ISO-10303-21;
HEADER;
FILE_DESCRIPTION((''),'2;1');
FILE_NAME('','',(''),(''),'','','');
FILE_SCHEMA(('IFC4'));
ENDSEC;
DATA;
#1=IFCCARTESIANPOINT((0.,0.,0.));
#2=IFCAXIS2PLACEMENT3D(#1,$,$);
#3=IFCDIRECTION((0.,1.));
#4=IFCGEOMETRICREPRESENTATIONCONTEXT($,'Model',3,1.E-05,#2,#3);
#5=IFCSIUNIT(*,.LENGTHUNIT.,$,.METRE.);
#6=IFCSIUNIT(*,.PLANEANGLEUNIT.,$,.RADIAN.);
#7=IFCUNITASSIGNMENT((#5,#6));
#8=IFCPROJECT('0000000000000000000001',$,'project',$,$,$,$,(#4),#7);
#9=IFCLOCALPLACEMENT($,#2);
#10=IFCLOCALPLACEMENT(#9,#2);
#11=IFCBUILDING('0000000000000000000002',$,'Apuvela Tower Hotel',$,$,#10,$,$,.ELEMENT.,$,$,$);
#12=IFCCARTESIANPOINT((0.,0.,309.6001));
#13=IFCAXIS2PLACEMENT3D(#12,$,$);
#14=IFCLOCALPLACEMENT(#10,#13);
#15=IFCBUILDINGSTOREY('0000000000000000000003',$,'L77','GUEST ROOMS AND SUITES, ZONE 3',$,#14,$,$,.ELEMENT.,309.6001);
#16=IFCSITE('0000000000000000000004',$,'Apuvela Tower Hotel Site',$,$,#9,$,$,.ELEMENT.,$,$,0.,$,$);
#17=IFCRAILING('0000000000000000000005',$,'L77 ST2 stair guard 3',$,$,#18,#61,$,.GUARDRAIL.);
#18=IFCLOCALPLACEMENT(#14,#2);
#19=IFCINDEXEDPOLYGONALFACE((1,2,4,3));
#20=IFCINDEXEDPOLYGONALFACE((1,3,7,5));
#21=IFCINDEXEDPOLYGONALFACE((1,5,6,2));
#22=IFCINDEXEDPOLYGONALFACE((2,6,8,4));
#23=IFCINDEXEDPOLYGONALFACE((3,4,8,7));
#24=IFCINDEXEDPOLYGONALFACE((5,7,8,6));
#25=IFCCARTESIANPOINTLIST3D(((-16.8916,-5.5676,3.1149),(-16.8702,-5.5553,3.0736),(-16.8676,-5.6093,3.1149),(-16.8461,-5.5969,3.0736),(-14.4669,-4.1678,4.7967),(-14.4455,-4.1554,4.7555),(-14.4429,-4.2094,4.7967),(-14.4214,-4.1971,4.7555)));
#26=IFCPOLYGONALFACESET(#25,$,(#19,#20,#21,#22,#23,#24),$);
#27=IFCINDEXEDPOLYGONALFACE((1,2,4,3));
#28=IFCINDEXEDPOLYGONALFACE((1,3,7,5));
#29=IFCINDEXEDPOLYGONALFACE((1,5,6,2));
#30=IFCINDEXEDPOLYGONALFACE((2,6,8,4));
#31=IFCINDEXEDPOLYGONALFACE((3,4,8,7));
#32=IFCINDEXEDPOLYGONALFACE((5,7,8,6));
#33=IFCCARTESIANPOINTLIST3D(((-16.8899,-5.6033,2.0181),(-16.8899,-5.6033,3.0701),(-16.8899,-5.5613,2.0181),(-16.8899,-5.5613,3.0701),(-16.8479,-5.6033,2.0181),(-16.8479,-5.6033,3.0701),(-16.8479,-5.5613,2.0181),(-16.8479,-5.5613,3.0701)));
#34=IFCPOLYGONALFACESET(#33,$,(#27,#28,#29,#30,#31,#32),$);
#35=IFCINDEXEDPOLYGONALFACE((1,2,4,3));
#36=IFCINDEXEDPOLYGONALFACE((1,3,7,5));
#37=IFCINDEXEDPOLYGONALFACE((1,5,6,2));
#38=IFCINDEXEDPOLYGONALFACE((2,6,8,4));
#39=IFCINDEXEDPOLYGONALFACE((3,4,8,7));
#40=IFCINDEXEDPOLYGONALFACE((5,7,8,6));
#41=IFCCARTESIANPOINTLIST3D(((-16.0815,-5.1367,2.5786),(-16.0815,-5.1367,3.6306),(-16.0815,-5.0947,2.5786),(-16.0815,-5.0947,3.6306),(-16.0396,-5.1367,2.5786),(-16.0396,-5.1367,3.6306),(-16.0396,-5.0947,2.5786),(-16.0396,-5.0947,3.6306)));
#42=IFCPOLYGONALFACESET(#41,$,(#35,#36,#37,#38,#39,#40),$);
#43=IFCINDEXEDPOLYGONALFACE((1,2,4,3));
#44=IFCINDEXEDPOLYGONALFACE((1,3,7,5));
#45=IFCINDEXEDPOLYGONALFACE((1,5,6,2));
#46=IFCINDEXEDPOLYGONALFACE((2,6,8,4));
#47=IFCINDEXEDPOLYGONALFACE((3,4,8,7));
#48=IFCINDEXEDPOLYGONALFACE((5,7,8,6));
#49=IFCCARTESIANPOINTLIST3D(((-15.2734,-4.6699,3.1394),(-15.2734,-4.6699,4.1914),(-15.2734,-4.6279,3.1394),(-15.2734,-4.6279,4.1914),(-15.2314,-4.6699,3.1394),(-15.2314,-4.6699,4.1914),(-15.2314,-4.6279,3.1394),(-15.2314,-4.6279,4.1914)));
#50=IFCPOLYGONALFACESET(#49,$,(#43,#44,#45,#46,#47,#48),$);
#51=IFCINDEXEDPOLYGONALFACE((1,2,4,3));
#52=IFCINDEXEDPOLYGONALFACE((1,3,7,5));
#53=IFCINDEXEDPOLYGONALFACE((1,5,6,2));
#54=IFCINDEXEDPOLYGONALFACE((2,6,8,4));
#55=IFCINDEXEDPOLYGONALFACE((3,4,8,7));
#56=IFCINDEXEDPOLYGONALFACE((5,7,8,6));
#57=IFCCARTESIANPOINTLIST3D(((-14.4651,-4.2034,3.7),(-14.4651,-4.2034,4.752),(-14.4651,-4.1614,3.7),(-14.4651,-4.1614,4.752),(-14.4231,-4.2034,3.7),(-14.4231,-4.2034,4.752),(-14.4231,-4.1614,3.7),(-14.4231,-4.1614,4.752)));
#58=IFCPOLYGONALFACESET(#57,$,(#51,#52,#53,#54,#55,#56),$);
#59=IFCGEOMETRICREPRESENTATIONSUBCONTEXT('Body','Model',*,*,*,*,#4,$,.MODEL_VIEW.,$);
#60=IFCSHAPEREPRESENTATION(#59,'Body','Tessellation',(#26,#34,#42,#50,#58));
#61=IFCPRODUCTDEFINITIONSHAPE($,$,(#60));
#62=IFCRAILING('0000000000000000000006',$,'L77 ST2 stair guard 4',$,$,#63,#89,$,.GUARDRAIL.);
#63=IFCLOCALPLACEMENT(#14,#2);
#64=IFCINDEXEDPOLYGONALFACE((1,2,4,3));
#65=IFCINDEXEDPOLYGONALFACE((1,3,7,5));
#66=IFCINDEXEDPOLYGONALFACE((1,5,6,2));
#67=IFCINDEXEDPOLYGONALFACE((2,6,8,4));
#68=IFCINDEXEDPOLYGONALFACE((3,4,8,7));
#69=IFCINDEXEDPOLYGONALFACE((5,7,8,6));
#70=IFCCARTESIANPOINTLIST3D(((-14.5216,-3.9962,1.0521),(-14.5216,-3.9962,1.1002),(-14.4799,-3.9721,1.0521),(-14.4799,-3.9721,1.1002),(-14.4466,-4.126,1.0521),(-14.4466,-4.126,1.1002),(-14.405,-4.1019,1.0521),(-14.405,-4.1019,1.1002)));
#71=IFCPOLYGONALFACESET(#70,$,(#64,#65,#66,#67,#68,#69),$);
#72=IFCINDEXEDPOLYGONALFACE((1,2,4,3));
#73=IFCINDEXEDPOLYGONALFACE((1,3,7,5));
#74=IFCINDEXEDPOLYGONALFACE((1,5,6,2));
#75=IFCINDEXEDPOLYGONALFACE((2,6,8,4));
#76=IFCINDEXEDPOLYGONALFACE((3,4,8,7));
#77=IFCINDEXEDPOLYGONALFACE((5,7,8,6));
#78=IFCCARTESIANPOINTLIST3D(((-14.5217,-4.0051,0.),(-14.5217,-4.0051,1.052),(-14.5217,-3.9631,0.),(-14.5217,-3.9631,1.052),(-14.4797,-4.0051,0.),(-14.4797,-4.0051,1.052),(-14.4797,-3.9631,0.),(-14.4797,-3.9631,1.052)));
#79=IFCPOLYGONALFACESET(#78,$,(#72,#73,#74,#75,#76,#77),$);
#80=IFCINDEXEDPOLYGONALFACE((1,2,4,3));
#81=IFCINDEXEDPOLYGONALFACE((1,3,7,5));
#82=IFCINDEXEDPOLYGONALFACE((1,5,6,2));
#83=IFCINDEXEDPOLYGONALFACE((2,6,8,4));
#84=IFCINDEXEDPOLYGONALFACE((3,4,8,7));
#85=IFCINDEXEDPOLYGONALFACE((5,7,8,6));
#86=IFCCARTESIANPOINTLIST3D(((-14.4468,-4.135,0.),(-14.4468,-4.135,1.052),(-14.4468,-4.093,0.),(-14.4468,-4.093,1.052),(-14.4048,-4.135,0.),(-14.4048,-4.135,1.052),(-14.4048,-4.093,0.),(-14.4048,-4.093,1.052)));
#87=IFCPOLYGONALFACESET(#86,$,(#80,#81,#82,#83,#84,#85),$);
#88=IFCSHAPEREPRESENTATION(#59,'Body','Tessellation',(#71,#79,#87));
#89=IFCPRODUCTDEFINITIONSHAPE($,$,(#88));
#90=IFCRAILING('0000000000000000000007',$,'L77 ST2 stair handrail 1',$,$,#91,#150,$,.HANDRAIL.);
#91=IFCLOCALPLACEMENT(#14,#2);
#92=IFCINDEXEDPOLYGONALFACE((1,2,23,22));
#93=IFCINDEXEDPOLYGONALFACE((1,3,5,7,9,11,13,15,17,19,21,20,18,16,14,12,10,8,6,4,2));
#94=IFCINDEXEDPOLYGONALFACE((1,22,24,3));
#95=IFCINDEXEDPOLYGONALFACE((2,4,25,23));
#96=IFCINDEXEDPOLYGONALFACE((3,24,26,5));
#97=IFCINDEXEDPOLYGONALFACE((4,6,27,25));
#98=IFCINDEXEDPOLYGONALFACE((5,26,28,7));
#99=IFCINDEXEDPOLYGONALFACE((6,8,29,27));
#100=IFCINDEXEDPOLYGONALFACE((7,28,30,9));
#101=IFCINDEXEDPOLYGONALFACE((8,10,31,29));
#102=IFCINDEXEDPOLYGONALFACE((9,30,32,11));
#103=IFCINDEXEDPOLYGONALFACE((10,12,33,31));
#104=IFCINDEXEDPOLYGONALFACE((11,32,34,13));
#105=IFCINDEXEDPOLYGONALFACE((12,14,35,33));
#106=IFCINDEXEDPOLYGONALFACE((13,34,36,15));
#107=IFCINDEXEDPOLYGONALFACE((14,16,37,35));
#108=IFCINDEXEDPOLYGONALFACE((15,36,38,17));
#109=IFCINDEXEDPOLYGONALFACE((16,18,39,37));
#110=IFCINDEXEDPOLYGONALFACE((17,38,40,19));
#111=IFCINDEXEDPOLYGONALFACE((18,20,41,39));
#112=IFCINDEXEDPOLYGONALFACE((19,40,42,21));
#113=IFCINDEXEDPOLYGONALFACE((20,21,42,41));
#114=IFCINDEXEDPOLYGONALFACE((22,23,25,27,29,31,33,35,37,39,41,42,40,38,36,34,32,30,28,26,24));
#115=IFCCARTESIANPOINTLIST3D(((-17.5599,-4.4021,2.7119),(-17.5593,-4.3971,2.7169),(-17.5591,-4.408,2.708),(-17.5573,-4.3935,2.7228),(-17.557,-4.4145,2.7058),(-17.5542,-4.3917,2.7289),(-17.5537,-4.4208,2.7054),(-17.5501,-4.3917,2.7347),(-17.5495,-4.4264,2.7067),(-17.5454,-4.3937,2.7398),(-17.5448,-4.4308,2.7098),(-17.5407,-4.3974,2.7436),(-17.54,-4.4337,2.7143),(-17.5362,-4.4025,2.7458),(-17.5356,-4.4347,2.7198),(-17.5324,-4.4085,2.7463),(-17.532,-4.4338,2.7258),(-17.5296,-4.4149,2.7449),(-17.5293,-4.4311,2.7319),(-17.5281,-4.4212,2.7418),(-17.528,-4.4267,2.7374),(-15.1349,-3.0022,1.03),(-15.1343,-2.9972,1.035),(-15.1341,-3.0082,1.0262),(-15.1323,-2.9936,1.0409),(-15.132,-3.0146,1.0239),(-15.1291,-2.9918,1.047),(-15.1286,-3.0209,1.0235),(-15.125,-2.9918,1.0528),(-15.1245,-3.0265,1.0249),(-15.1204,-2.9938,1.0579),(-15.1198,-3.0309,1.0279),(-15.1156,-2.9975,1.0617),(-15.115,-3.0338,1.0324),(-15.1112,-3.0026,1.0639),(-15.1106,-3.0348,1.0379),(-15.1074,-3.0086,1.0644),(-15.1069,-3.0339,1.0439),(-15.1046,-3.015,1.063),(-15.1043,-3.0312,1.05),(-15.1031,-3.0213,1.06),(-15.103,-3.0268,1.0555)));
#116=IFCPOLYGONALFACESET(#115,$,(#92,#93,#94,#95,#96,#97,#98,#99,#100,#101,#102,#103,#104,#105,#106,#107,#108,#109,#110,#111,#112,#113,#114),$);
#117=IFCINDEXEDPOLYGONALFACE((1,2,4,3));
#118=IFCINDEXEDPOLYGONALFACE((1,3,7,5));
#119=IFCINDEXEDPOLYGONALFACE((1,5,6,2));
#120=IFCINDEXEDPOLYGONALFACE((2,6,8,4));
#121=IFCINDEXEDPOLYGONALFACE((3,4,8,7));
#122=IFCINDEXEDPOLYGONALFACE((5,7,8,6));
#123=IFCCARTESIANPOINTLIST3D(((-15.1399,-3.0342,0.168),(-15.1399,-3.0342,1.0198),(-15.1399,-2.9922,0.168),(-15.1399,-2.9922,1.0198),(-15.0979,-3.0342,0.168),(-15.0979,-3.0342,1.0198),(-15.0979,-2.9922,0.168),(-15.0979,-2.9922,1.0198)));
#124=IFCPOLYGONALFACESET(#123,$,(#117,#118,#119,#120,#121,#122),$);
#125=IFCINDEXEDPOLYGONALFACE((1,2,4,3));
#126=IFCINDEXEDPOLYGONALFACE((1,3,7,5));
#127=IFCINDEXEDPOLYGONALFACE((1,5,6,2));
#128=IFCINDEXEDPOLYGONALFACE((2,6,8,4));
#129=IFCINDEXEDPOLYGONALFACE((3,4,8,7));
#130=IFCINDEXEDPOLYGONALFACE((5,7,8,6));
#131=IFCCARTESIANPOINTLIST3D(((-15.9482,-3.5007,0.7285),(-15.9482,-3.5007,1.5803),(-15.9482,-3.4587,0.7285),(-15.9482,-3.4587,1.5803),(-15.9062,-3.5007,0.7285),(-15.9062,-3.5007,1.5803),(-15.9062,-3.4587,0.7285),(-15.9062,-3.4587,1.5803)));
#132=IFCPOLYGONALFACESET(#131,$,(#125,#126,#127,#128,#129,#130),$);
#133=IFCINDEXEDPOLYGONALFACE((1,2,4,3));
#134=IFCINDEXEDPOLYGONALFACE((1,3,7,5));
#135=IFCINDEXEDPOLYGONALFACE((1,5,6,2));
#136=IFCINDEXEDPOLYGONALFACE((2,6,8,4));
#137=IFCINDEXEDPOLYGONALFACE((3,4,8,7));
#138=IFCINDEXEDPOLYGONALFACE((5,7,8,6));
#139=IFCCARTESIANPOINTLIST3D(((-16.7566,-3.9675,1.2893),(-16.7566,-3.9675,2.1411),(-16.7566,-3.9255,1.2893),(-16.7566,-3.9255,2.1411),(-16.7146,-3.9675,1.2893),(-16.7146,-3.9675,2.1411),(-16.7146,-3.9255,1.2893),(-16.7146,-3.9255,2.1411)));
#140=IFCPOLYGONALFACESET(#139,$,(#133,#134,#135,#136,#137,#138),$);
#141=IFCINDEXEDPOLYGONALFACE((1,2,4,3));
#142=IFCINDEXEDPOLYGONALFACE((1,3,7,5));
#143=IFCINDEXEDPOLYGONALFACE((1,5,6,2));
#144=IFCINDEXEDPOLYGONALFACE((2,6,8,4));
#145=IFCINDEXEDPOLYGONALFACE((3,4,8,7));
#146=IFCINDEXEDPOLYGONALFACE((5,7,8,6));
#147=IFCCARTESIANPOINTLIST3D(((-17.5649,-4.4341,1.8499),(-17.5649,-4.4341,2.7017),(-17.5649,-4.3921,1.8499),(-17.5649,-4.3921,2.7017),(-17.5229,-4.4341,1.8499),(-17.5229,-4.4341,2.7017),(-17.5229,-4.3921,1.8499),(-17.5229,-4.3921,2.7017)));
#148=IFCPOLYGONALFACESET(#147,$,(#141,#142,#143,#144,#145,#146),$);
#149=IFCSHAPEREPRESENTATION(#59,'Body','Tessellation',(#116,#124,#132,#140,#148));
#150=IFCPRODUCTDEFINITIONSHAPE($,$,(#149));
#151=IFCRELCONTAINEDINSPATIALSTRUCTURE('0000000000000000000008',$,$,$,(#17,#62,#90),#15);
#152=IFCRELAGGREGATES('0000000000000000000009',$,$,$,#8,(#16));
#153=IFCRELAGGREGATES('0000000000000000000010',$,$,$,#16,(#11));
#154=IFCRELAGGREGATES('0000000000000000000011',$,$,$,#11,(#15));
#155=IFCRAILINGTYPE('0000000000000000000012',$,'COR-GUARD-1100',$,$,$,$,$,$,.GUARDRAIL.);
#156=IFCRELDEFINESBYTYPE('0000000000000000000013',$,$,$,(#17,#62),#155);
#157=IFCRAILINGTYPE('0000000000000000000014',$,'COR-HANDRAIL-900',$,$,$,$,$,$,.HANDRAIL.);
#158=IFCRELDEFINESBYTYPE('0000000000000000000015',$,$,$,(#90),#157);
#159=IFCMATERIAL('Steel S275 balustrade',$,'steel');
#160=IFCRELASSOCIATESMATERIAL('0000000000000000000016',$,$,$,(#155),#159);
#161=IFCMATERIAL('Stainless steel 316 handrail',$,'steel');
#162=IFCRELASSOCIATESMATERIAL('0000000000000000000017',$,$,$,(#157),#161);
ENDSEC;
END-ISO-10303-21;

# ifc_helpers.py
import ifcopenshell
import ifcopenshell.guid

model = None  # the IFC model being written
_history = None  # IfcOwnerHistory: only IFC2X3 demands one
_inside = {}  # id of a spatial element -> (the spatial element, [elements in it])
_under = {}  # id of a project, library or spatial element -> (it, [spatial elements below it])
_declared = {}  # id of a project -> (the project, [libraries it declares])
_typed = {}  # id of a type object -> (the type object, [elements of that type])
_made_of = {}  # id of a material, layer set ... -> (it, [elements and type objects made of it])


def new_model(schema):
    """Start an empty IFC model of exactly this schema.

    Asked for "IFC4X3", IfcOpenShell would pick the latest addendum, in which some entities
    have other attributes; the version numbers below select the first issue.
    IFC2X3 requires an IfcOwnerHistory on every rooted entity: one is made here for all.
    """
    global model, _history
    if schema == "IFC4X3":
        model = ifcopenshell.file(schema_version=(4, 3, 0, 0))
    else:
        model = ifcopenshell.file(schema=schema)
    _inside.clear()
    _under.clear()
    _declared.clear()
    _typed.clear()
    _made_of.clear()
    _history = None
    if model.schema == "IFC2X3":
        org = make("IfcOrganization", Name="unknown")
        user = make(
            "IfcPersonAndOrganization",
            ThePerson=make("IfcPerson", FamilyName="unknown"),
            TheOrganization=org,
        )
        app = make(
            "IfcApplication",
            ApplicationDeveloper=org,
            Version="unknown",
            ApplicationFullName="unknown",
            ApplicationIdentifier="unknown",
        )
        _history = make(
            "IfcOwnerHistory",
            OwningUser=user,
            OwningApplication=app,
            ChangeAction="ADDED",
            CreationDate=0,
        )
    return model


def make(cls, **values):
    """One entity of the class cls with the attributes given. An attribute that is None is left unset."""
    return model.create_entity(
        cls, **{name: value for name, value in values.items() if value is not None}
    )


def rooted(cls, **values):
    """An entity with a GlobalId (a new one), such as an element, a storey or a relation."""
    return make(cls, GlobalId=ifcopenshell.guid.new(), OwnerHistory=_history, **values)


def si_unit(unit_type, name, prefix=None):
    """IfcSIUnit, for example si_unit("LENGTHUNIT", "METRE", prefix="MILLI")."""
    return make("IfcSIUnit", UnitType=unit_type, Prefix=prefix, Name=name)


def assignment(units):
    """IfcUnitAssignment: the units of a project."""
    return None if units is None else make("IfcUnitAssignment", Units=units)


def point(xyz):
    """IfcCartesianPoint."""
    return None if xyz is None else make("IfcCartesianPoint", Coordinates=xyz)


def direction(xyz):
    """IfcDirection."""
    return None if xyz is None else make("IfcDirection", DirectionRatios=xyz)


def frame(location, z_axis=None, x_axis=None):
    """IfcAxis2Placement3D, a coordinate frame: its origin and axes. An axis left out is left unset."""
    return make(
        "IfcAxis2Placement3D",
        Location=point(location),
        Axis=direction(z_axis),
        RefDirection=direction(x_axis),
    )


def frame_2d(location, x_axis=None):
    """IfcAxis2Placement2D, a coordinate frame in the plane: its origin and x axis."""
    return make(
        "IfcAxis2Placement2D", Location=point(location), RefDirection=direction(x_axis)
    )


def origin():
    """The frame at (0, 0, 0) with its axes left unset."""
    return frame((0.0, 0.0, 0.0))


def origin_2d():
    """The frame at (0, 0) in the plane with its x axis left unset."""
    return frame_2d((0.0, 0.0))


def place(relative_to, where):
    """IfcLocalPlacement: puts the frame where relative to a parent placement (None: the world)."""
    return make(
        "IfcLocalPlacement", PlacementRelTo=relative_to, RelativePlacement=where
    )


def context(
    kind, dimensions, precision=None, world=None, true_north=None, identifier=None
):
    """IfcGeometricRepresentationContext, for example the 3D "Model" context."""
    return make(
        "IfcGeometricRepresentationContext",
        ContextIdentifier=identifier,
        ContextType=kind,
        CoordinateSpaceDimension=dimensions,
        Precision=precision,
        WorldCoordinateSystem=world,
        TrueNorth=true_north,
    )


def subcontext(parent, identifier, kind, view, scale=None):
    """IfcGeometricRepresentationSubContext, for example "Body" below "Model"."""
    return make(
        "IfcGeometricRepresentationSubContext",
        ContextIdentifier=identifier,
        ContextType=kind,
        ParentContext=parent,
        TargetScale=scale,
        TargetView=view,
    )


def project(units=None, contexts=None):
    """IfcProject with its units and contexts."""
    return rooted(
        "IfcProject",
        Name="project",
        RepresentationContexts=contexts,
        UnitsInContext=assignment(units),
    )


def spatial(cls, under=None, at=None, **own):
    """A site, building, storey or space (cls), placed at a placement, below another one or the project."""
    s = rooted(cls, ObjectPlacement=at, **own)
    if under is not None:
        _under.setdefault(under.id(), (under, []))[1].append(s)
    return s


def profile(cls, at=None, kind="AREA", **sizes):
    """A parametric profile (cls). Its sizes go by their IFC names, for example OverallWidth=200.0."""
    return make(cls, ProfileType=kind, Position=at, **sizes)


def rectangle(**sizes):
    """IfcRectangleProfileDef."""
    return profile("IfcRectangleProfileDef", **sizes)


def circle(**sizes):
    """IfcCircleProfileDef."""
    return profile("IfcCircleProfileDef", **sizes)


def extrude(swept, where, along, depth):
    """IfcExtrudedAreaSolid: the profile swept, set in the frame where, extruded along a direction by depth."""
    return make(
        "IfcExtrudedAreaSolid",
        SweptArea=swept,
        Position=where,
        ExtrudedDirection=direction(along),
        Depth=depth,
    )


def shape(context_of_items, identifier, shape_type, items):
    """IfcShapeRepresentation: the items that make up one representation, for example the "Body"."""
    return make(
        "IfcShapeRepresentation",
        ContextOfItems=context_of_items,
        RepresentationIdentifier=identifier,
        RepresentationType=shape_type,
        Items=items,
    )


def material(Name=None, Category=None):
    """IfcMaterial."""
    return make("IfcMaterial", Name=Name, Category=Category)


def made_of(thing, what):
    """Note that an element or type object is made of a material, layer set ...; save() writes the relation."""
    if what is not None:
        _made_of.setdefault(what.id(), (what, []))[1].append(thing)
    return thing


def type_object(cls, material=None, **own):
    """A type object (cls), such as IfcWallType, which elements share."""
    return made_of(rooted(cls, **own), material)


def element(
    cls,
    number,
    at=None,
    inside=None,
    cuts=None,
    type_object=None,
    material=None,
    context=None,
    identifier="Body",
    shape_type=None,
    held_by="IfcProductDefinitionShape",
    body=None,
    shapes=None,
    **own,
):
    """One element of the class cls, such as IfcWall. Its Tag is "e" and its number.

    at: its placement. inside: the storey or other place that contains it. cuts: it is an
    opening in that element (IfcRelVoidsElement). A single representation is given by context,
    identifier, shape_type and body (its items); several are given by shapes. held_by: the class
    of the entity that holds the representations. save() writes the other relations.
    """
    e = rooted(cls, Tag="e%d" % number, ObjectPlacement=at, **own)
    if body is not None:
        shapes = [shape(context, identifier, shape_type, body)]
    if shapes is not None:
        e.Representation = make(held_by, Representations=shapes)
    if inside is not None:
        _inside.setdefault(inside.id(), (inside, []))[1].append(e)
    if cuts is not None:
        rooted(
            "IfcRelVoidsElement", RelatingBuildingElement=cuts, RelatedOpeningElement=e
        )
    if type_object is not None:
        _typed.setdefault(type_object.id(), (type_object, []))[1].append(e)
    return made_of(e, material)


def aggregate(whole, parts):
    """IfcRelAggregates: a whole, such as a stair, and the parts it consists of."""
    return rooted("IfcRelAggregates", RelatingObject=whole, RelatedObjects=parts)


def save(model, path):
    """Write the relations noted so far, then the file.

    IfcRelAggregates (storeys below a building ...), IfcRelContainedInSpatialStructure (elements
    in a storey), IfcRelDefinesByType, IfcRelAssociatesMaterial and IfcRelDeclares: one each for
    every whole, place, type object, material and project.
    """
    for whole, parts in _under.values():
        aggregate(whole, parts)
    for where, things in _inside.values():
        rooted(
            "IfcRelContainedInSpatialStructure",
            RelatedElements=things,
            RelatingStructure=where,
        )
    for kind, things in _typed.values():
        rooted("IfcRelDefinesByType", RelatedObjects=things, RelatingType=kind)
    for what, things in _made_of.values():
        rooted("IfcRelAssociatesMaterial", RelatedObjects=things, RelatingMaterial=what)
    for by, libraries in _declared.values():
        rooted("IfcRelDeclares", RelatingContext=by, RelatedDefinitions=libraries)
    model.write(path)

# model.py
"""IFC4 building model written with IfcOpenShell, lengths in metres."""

from ifc_helpers import new_model, si_unit, direction, frame, origin, origin_2d, place, context, subcontext, project, spatial, rectangle, circle, extrude, material, type_object, element, save


model = new_model("IFC4")

# Units and contexts
model_context = context("Model", 3, precision=1e-05, world=origin(), true_north=direction((0.0, 1.0)))
body_context = subcontext(model_context, "Body", "Model", "MODEL_VIEW")
ifc_project = project(units=[si_unit("LENGTHUNIT", "METRE"), si_unit("PLANEANGLEUNIT", "RADIAN")], contexts=[model_context])

# Site, building, storey
site_placement = place(None, origin())
site = spatial("IfcSite", under=ifc_project, at=site_placement, Name="Apuvela Tower Hotel Site", CompositionType="ELEMENT", RefElevation=0.0)
building_placement = place(site_placement, origin())
building = spatial("IfcBuilding", under=site, at=building_placement, Name="Apuvela Tower Hotel", CompositionType="ELEMENT")
storey_placement = place(building_placement, frame((0.0, 0.0, 309.6001)))
storey = spatial("IfcBuildingStorey", under=building, at=storey_placement, Name="L77", Description="GUEST ROOMS AND SUITES, ZONE 3", CompositionType="ELEMENT", Elevation=309.6001)

# Railings
ifc_material_1 = material(Name="Steel S275 balustrade", Category="steel")
railing_type_1 = type_object("IfcRailingType", Name="COR-GUARD-1100", PredefinedType="GUARDRAIL", material=ifc_material_1)
railing_1_placement = place(storey_placement, frame((-16.8689, -5.5823, 2.0181)))
element("IfcRailing", 1, at=railing_1_placement, inside=storey, type_object=railing_type_1, Name="L77 ST2 stair guard 3", PredefinedType="GUARDRAIL", context=body_context, shape_type="SweptSolid", body=[
    extrude(rectangle(XDim=0.0481, YDim=0.0481, at=origin_2d()), frame((0.0, 0.0, 1.0762), z_axis=(0.74239, 0.428601, 0.514934), x_axis=(-0.499984, 0.866035, 0.0)), (0.0, 0.0, 1.0), 3.2661),
    extrude(rectangle(XDim=0.042, YDim=0.042, at=origin_2d()), origin(), (0.0, 0.0, 1.0), 1.052),
    extrude(rectangle(XDim=0.042, YDim=0.042, at=origin_2d()), frame((0.8083, 0.4666, 0.5605)), (0.0, 0.0, 1.0), 1.052),
    extrude(rectangle(XDim=0.042, YDim=0.042, at=origin_2d()), frame((1.6165, 0.9333, 1.1213)), (0.0, 0.0, 1.0), 1.052),
    extrude(rectangle(XDim=0.042, YDim=0.042, at=origin_2d()), frame((2.4248, 1.3999, 1.6819)), (0.0, 0.0, 1.0), 1.052),
])
railing_2_placement = place(storey_placement, frame((-14.5007, -3.9841, 0.0)))
element("IfcRailing", 2, at=railing_2_placement, inside=storey, type_object=railing_type_1, Name="L77 ST2 stair guard 4", PredefinedType="GUARDRAIL", context=body_context, shape_type="SweptSolid", body=[
    extrude(rectangle(XDim=0.0481, YDim=0.0481, at=origin_2d()), frame((0.0, 0.0, 1.0762), z_axis=(0.499816, -0.866131, 0.0), x_axis=(0.866131, 0.499816, 0.0)), (0.0, 0.0, 1.0), 0.1499),
    extrude(rectangle(XDim=0.042, YDim=0.042, at=origin_2d()), origin(), (0.0, 0.0, 1.0), 1.052),
    extrude(rectangle(XDim=0.042, YDim=0.042, at=origin_2d()), frame((0.075, -0.1299, 0.0)), (0.0, 0.0, 1.0), 1.052),
])
ifc_material_2 = material(Name="Stainless steel 316 handrail", Category="steel")
railing_type_2 = type_object("IfcRailingType", Name="COR-HANDRAIL-900", PredefinedType="HANDRAIL", material=ifc_material_2)
railing_3_placement = place(storey_placement, frame((-15.1189, -3.0132, 0.168)))
element("IfcRailing", 3, at=railing_3_placement, inside=storey, type_object=railing_type_2, Name="L77 ST2 stair handrail 1", PredefinedType="HANDRAIL", context=body_context, shape_type="SweptSolid", body=[
    extrude(circle(Radius=0.0239, at=origin_2d()), frame((0.0, 0.0, 0.876), z_axis=(-0.742424, -0.428577, 0.514906), x_axis=(0.499946, -0.866056, 0.0)), (0.0, 0.0, 1.0), 3.2664),
    extrude(rectangle(XDim=0.042, YDim=0.042, at=origin_2d()), origin(), (0.0, 0.0, 1.0), 0.8518),
    extrude(rectangle(XDim=0.042, YDim=0.042, at=origin_2d()), frame((-0.8083, -0.4666, 0.5605)), (0.0, 0.0, 1.0), 0.8518),
    extrude(rectangle(XDim=0.042, YDim=0.042, at=origin_2d()), frame((-1.6167, -0.9333, 1.1213)), (0.0, 0.0, 1.0), 0.8518),
    extrude(rectangle(XDim=0.042, YDim=0.042, at=origin_2d()), frame((-2.425, -1.3999, 1.6819)), (0.0, 0.0, 1.0), 0.8518),
])

save(model, "model.ifc")
